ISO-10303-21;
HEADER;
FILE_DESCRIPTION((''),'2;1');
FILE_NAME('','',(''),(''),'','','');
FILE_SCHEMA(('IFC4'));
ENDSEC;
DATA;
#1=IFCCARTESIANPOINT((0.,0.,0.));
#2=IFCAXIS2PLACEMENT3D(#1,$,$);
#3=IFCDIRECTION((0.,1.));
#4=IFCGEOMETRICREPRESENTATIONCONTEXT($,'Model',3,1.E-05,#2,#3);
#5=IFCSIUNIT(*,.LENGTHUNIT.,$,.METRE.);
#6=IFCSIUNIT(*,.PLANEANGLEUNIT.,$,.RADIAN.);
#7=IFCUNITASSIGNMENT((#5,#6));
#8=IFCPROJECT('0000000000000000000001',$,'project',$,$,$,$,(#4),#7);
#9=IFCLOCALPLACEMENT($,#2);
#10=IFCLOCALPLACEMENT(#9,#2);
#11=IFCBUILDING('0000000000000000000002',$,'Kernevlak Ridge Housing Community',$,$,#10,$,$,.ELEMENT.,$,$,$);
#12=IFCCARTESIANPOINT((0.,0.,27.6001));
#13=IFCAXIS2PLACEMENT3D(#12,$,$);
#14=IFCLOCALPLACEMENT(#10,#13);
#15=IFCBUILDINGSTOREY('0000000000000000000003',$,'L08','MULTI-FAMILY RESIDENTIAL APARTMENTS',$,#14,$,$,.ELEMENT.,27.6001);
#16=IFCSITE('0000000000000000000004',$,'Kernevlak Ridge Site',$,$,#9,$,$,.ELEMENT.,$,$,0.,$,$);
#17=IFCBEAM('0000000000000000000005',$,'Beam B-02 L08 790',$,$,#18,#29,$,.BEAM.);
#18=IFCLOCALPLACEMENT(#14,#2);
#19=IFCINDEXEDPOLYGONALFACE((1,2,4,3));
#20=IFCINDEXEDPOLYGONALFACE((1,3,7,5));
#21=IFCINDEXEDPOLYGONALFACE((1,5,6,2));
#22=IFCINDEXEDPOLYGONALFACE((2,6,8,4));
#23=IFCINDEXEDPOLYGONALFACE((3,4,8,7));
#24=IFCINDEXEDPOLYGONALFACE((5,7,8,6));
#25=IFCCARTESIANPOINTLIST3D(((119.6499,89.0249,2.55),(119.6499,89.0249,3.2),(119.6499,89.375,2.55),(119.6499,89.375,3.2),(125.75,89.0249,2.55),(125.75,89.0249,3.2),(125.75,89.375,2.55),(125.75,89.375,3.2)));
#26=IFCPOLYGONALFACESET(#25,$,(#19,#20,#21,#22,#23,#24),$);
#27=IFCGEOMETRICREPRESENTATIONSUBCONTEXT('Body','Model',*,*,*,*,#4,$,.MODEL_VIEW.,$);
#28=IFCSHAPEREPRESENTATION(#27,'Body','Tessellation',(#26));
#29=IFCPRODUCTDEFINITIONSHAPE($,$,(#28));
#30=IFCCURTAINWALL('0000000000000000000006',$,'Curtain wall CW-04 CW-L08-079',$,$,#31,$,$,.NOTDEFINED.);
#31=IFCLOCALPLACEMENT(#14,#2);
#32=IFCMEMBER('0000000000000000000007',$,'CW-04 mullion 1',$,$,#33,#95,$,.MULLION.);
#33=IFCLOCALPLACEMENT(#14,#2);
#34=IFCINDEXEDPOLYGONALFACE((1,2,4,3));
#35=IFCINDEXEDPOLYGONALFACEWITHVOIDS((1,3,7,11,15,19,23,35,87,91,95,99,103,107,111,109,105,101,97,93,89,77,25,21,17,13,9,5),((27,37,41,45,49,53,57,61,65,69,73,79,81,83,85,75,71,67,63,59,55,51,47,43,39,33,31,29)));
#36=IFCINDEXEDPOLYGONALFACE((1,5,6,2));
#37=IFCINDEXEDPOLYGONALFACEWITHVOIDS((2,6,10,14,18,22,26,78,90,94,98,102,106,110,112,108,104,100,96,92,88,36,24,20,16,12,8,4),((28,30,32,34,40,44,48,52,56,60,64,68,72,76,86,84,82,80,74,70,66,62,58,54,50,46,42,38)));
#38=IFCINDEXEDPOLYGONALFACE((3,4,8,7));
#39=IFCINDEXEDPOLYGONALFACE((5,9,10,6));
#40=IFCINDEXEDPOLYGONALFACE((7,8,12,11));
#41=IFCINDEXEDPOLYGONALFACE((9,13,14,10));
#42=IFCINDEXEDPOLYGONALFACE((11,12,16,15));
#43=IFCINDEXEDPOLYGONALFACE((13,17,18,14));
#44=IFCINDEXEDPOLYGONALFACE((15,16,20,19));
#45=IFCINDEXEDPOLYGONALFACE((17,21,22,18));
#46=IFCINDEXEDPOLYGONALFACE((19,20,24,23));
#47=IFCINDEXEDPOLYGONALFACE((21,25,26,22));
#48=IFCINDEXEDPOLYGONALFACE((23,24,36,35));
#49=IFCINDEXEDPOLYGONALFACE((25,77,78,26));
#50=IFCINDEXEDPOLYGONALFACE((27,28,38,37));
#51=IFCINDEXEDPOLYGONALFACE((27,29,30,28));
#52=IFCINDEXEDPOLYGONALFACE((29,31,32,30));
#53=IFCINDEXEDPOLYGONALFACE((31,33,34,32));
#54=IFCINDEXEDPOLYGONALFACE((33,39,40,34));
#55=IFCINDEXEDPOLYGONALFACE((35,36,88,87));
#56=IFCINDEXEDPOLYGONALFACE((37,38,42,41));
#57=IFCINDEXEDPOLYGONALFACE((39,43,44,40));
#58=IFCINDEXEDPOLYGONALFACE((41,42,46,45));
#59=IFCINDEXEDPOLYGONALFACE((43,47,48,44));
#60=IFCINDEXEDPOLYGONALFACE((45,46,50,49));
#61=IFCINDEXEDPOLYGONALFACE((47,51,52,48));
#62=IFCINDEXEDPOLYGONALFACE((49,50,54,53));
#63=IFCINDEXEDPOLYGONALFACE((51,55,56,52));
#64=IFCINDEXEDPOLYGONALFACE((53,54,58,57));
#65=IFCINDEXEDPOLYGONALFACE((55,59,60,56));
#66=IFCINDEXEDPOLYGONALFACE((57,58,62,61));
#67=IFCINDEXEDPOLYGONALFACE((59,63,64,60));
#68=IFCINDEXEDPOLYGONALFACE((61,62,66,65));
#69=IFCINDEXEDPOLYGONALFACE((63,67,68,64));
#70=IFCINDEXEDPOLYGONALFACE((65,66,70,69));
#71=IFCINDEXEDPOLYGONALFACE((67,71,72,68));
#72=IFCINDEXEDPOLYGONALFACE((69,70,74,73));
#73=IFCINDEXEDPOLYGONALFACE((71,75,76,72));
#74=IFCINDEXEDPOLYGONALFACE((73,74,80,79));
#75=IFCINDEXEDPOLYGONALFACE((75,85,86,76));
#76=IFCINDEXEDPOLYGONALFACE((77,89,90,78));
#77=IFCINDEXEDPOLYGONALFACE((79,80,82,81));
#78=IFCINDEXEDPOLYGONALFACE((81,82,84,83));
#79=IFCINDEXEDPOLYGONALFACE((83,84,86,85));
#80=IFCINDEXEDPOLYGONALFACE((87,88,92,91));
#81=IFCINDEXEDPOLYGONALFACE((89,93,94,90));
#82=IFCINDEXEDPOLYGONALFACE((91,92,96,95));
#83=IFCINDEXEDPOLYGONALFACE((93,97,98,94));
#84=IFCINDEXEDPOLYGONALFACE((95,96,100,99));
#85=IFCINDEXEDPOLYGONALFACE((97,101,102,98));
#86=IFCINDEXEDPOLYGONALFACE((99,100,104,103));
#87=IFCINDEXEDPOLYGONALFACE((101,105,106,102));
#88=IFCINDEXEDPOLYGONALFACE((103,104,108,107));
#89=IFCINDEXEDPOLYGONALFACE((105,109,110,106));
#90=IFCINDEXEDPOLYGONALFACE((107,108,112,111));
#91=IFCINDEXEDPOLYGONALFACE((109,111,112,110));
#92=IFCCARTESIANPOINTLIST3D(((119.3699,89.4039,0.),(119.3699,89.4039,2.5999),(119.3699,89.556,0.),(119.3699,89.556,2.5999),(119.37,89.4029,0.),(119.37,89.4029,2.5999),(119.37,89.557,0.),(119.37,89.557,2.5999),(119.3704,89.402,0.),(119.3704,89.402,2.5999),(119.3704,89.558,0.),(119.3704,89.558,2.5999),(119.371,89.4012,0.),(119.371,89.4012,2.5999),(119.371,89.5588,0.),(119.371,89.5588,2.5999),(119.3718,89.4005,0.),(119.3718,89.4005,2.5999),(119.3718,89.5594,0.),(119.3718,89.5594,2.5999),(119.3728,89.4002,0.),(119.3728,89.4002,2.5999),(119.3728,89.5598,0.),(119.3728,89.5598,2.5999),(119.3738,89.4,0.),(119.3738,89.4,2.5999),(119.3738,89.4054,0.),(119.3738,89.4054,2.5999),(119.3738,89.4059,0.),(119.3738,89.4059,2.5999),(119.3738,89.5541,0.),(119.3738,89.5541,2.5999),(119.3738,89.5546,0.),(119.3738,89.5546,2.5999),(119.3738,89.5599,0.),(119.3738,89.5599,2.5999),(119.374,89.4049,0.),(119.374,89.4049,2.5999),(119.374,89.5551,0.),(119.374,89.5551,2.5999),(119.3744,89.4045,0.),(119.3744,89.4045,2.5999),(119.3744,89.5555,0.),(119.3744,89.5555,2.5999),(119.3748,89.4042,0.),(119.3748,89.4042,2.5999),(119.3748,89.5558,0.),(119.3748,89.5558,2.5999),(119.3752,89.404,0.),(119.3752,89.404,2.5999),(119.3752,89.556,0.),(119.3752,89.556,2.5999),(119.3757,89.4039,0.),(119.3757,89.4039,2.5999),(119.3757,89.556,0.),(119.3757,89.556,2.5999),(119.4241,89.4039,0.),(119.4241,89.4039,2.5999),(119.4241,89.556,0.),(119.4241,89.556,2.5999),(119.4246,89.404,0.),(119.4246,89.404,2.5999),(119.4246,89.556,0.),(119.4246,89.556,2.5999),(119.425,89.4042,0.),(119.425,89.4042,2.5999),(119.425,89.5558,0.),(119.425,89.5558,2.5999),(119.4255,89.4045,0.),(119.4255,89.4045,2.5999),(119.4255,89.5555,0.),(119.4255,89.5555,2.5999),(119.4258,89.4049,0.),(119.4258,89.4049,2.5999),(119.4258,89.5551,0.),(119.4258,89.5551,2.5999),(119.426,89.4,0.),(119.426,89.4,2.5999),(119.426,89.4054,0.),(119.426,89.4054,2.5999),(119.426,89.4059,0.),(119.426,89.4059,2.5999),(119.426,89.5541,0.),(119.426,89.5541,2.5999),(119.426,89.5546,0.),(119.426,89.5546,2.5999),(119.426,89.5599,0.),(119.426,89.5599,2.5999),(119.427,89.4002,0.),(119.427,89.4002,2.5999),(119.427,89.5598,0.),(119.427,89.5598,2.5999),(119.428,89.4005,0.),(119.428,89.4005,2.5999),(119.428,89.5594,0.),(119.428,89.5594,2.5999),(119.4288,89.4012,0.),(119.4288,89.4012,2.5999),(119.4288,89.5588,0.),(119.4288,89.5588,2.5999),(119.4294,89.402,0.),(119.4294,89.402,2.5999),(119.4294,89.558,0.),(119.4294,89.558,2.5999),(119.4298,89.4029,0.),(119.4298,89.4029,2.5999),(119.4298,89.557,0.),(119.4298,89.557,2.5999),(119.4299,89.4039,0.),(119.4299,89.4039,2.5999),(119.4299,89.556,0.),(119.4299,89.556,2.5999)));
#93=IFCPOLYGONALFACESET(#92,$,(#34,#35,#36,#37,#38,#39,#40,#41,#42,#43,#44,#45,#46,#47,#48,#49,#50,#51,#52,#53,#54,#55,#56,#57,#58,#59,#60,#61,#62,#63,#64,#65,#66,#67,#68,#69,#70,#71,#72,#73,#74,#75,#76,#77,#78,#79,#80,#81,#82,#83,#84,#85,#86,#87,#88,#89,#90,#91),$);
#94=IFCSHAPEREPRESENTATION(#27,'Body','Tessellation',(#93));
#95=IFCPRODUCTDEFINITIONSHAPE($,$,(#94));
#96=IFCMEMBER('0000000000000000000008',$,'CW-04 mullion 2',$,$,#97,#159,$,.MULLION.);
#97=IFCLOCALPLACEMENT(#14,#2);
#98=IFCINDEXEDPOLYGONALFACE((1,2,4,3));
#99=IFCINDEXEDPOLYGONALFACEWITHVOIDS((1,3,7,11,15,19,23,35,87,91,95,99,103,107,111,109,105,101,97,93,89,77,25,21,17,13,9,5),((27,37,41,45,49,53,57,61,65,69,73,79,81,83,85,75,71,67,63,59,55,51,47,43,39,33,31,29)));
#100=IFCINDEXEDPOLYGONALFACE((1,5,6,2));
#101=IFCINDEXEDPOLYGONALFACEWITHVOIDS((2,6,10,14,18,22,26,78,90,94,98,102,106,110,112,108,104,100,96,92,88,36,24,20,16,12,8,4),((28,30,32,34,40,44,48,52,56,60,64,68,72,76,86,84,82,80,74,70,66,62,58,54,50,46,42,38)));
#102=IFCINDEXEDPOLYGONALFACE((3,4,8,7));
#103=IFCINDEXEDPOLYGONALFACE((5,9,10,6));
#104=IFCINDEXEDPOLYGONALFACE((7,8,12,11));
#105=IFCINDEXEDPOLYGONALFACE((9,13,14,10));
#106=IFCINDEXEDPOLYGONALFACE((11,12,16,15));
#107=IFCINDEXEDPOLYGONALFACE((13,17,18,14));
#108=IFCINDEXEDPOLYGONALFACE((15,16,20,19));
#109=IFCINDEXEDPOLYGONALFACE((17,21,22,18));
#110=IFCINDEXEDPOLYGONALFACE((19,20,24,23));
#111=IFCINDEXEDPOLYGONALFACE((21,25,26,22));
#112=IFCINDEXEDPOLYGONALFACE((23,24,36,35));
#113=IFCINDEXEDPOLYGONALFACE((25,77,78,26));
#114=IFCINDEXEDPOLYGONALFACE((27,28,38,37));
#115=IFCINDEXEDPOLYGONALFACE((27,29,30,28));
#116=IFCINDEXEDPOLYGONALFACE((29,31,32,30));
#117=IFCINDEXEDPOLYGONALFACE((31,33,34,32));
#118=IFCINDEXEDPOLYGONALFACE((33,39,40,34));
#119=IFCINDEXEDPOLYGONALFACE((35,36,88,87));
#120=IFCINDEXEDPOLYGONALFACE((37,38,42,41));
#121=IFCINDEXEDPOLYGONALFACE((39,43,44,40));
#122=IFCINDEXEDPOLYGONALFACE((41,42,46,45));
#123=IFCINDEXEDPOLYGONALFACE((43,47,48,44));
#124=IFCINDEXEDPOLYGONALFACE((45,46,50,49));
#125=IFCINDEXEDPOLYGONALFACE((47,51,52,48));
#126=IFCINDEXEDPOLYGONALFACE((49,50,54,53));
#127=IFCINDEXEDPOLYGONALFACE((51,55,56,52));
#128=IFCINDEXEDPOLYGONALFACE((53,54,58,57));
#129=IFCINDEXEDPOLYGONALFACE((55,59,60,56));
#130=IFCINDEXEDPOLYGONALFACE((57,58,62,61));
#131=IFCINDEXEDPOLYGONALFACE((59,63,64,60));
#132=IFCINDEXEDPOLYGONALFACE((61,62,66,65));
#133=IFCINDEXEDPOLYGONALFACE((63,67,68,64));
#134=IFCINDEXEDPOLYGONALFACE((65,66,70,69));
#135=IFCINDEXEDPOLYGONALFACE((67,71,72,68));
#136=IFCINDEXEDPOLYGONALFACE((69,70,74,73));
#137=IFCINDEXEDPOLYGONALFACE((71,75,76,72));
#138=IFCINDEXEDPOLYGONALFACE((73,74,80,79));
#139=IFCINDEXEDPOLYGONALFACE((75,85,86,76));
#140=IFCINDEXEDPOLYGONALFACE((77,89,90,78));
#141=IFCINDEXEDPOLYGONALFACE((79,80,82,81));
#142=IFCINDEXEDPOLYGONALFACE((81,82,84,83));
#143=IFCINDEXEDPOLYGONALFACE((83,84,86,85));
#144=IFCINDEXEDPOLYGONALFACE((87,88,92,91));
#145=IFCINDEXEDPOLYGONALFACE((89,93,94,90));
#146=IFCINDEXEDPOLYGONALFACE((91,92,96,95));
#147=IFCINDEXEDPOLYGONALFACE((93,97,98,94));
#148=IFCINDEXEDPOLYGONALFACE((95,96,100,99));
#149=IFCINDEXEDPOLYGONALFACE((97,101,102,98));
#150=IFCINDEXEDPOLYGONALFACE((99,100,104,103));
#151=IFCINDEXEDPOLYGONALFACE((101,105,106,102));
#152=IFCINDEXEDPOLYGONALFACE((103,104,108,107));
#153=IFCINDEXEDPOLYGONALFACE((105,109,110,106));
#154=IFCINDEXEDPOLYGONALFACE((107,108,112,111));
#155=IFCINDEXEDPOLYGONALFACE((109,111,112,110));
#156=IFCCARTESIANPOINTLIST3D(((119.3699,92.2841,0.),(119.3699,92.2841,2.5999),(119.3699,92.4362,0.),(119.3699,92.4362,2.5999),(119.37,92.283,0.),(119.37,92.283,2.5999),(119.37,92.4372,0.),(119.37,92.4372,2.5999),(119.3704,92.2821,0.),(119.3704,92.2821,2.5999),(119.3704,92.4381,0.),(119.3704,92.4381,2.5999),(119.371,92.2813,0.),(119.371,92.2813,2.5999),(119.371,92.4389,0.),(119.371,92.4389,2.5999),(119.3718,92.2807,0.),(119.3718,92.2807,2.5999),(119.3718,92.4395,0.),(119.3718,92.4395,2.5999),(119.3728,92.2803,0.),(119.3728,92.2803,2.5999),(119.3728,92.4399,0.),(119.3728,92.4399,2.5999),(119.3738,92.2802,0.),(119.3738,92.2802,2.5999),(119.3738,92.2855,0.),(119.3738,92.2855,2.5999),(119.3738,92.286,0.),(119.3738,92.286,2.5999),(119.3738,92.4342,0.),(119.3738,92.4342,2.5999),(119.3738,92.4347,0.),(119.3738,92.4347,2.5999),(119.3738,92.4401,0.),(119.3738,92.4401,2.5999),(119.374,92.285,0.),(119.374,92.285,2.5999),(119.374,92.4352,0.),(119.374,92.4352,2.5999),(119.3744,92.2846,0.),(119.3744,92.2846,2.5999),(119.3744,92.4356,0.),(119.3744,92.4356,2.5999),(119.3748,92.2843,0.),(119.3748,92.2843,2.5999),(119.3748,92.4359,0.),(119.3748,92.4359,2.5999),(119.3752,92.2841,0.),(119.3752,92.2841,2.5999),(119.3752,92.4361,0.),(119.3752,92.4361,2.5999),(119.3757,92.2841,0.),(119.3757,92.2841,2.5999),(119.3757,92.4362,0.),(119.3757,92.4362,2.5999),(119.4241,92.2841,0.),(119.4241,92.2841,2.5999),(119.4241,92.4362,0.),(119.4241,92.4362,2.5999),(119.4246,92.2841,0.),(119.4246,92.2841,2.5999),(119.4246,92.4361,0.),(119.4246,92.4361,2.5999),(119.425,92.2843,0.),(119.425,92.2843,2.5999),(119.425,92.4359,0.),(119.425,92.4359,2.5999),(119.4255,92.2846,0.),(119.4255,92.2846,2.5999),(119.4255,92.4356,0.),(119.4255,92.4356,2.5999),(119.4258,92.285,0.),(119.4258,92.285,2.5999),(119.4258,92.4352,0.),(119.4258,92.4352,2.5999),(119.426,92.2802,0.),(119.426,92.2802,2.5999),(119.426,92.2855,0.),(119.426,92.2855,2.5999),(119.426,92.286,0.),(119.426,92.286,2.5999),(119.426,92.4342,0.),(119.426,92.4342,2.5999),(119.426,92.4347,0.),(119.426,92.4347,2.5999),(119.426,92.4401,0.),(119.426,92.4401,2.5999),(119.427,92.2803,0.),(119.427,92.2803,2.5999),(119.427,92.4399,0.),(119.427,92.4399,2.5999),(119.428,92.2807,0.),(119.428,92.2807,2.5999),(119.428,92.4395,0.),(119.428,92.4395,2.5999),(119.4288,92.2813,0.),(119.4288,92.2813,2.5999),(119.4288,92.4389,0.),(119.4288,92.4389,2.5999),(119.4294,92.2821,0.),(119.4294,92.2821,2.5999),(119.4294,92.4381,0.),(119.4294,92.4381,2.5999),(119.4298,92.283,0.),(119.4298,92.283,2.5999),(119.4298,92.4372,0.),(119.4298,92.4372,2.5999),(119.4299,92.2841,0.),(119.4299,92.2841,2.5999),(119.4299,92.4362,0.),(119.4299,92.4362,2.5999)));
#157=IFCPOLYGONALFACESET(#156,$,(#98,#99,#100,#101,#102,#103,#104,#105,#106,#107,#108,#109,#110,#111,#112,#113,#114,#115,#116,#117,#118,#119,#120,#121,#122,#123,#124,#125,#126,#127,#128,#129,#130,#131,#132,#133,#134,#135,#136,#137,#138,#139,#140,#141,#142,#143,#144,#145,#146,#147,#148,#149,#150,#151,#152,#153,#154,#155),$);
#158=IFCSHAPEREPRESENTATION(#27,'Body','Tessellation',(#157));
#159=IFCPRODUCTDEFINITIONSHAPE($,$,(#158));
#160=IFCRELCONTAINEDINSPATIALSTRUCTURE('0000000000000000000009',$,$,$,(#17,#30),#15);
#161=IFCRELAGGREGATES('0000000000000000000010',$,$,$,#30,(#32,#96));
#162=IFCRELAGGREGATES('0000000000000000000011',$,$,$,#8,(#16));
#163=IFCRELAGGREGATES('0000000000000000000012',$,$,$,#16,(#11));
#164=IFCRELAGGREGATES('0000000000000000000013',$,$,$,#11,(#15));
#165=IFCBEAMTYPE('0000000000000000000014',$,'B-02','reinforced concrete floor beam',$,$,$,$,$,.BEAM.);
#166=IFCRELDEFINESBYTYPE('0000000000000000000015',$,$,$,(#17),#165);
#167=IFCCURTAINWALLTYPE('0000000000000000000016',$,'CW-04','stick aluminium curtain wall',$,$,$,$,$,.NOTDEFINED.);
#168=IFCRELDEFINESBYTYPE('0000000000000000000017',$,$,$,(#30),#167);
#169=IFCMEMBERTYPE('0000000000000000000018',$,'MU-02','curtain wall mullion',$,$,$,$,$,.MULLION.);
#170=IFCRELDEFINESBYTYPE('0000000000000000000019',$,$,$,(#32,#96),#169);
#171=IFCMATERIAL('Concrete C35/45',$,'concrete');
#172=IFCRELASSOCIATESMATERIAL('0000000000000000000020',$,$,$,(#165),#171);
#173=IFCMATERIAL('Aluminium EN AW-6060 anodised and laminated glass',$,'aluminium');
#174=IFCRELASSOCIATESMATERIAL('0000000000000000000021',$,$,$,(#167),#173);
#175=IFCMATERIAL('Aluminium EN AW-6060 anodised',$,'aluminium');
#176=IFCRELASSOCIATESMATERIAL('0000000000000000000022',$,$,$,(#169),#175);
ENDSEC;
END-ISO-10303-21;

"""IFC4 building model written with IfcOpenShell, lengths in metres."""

from ifc_helpers import new_model, si_unit, direction, frame, origin, origin_2d, place, context, subcontext, project, spatial, rectangle, hollow_rectangle, extrude, material, material_profile, profile_set, type_object, element, aggregate, save


model = new_model("IFC4")

# Units and contexts
model_context = context("Model", 3, precision=1e-05, world=origin(), true_north=direction((0.0, 1.0)))
body_context = subcontext(model_context, "Body", "Model", "MODEL_VIEW")
ifc_project = project(units=[si_unit("LENGTHUNIT", "METRE"), si_unit("PLANEANGLEUNIT", "RADIAN")], contexts=[model_context])

# Site, building, storey
site_placement = place(None, origin())
site = spatial("IfcSite", under=ifc_project, at=site_placement, Name="Kernevlak Ridge Site", CompositionType="ELEMENT", RefElevation=0.0)
building_placement = place(site_placement, origin())
building = spatial("IfcBuilding", under=site, at=building_placement, Name="Kernevlak Ridge Housing Community", CompositionType="ELEMENT")
storey_placement = place(building_placement, frame((0.0, 0.0, 27.6001)))
storey = spatial("IfcBuildingStorey", under=building, at=storey_placement, Name="L08", Description="MULTI-FAMILY RESIDENTIAL APARTMENTS", CompositionType="ELEMENT", Elevation=27.6001)

# Beam
ifc_material_1 = material(Name="Concrete C35/45", Category="concrete")
ifc_material_profile_1 = material_profile(ifc_material_1, rectangle(XDim=0.3501, YDim=0.6499, at=origin_2d()), Name="RC 350x650")
ifc_profile_set_1 = profile_set([ifc_material_profile_1], Name="Concrete C35/45")
beam_type = type_object("IfcBeamType", Name="B-02", Description="reinforced concrete floor beam", PredefinedType="BEAM", material=ifc_profile_set_1)
beam_placement = place(storey_placement, frame((119.6499, 89.2, 2.875), z_axis=(1.0, 0.0, 0.0), x_axis=(0.0, 1.0, 0.0)))
element("IfcBeam", 1, at=beam_placement, inside=storey, type_object=beam_type, Name="Beam B-02 L08 790", PredefinedType="BEAM", context=body_context, shape_type="SweptSolid", body=[
    extrude(rectangle(XDim=0.3501, YDim=0.6499, at=origin_2d()), origin(), (0.0, 0.0, 1.0), 6.1001),
])

# Curtain wall, members
ifc_material_2 = material(Name="Aluminium EN AW-6060 anodised and laminated glass", Category="aluminium")
curtain_wall_type = type_object("IfcCurtainWallType", Name="CW-04", Description="stick aluminium curtain wall", PredefinedType="NOTDEFINED", material=ifc_material_2)
curtain_wall_placement = place(storey_placement, origin())
curtain_wall = element("IfcCurtainWall", 2, at=curtain_wall_placement, inside=storey, type_object=curtain_wall_type, Name="Curtain wall CW-04 CW-L08-079", PredefinedType="NOTDEFINED")
ifc_material_3 = material(Name="Aluminium EN AW-6060 anodised", Category="aluminium")
ifc_material_profile_2 = material_profile(ifc_material_3, hollow_rectangle(XDim=0.0601, YDim=0.1599, WallThickness=0.0039, InnerFilletRadius=0.002, OuterFilletRadius=0.0039, at=origin_2d()), Name="ALU 60x160x4")
ifc_profile_set_2 = profile_set([ifc_material_profile_2], Name="Aluminium EN AW-6060 anodised")
member_type_1 = type_object("IfcMemberType", Name="MU-02", Description="curtain wall mullion", PredefinedType="MULLION", material=ifc_profile_set_2)
member_1_placement = place(storey_placement, frame((119.3999, 89.48, 0.0), z_axis=(0.0, 0.0, 1.0), x_axis=(-1.0, 0.0, 0.0)))
member_1 = element("IfcMember", 3, at=member_1_placement, type_object=member_type_1, Name="CW-04 mullion 1", PredefinedType="MULLION", context=body_context, shape_type="SweptSolid", body=[
    extrude(hollow_rectangle(XDim=0.0601, YDim=0.1599, WallThickness=0.0039, InnerFilletRadius=0.002, OuterFilletRadius=0.0039, at=origin_2d()), origin(), (0.0, 0.0, 1.0), 2.5999),
])
member_2_placement = place(storey_placement, frame((119.3999, 92.3601, 0.0), z_axis=(0.0, 0.0, 1.0), x_axis=(-1.0, 0.0, 0.0)))
member_2 = element("IfcMember", 4, at=member_2_placement, type_object=member_type_1, Name="CW-04 mullion 2", PredefinedType="MULLION", context=body_context, shape_type="SweptSolid", body=[
    extrude(hollow_rectangle(XDim=0.0601, YDim=0.1599, WallThickness=0.0039, InnerFilletRadius=0.002, OuterFilletRadius=0.0039, at=origin_2d()), origin(), (0.0, 0.0, 1.0), 2.5999),
])
aggregate(curtain_wall, [member_1, member_2])

save(model, "model.ifc")
